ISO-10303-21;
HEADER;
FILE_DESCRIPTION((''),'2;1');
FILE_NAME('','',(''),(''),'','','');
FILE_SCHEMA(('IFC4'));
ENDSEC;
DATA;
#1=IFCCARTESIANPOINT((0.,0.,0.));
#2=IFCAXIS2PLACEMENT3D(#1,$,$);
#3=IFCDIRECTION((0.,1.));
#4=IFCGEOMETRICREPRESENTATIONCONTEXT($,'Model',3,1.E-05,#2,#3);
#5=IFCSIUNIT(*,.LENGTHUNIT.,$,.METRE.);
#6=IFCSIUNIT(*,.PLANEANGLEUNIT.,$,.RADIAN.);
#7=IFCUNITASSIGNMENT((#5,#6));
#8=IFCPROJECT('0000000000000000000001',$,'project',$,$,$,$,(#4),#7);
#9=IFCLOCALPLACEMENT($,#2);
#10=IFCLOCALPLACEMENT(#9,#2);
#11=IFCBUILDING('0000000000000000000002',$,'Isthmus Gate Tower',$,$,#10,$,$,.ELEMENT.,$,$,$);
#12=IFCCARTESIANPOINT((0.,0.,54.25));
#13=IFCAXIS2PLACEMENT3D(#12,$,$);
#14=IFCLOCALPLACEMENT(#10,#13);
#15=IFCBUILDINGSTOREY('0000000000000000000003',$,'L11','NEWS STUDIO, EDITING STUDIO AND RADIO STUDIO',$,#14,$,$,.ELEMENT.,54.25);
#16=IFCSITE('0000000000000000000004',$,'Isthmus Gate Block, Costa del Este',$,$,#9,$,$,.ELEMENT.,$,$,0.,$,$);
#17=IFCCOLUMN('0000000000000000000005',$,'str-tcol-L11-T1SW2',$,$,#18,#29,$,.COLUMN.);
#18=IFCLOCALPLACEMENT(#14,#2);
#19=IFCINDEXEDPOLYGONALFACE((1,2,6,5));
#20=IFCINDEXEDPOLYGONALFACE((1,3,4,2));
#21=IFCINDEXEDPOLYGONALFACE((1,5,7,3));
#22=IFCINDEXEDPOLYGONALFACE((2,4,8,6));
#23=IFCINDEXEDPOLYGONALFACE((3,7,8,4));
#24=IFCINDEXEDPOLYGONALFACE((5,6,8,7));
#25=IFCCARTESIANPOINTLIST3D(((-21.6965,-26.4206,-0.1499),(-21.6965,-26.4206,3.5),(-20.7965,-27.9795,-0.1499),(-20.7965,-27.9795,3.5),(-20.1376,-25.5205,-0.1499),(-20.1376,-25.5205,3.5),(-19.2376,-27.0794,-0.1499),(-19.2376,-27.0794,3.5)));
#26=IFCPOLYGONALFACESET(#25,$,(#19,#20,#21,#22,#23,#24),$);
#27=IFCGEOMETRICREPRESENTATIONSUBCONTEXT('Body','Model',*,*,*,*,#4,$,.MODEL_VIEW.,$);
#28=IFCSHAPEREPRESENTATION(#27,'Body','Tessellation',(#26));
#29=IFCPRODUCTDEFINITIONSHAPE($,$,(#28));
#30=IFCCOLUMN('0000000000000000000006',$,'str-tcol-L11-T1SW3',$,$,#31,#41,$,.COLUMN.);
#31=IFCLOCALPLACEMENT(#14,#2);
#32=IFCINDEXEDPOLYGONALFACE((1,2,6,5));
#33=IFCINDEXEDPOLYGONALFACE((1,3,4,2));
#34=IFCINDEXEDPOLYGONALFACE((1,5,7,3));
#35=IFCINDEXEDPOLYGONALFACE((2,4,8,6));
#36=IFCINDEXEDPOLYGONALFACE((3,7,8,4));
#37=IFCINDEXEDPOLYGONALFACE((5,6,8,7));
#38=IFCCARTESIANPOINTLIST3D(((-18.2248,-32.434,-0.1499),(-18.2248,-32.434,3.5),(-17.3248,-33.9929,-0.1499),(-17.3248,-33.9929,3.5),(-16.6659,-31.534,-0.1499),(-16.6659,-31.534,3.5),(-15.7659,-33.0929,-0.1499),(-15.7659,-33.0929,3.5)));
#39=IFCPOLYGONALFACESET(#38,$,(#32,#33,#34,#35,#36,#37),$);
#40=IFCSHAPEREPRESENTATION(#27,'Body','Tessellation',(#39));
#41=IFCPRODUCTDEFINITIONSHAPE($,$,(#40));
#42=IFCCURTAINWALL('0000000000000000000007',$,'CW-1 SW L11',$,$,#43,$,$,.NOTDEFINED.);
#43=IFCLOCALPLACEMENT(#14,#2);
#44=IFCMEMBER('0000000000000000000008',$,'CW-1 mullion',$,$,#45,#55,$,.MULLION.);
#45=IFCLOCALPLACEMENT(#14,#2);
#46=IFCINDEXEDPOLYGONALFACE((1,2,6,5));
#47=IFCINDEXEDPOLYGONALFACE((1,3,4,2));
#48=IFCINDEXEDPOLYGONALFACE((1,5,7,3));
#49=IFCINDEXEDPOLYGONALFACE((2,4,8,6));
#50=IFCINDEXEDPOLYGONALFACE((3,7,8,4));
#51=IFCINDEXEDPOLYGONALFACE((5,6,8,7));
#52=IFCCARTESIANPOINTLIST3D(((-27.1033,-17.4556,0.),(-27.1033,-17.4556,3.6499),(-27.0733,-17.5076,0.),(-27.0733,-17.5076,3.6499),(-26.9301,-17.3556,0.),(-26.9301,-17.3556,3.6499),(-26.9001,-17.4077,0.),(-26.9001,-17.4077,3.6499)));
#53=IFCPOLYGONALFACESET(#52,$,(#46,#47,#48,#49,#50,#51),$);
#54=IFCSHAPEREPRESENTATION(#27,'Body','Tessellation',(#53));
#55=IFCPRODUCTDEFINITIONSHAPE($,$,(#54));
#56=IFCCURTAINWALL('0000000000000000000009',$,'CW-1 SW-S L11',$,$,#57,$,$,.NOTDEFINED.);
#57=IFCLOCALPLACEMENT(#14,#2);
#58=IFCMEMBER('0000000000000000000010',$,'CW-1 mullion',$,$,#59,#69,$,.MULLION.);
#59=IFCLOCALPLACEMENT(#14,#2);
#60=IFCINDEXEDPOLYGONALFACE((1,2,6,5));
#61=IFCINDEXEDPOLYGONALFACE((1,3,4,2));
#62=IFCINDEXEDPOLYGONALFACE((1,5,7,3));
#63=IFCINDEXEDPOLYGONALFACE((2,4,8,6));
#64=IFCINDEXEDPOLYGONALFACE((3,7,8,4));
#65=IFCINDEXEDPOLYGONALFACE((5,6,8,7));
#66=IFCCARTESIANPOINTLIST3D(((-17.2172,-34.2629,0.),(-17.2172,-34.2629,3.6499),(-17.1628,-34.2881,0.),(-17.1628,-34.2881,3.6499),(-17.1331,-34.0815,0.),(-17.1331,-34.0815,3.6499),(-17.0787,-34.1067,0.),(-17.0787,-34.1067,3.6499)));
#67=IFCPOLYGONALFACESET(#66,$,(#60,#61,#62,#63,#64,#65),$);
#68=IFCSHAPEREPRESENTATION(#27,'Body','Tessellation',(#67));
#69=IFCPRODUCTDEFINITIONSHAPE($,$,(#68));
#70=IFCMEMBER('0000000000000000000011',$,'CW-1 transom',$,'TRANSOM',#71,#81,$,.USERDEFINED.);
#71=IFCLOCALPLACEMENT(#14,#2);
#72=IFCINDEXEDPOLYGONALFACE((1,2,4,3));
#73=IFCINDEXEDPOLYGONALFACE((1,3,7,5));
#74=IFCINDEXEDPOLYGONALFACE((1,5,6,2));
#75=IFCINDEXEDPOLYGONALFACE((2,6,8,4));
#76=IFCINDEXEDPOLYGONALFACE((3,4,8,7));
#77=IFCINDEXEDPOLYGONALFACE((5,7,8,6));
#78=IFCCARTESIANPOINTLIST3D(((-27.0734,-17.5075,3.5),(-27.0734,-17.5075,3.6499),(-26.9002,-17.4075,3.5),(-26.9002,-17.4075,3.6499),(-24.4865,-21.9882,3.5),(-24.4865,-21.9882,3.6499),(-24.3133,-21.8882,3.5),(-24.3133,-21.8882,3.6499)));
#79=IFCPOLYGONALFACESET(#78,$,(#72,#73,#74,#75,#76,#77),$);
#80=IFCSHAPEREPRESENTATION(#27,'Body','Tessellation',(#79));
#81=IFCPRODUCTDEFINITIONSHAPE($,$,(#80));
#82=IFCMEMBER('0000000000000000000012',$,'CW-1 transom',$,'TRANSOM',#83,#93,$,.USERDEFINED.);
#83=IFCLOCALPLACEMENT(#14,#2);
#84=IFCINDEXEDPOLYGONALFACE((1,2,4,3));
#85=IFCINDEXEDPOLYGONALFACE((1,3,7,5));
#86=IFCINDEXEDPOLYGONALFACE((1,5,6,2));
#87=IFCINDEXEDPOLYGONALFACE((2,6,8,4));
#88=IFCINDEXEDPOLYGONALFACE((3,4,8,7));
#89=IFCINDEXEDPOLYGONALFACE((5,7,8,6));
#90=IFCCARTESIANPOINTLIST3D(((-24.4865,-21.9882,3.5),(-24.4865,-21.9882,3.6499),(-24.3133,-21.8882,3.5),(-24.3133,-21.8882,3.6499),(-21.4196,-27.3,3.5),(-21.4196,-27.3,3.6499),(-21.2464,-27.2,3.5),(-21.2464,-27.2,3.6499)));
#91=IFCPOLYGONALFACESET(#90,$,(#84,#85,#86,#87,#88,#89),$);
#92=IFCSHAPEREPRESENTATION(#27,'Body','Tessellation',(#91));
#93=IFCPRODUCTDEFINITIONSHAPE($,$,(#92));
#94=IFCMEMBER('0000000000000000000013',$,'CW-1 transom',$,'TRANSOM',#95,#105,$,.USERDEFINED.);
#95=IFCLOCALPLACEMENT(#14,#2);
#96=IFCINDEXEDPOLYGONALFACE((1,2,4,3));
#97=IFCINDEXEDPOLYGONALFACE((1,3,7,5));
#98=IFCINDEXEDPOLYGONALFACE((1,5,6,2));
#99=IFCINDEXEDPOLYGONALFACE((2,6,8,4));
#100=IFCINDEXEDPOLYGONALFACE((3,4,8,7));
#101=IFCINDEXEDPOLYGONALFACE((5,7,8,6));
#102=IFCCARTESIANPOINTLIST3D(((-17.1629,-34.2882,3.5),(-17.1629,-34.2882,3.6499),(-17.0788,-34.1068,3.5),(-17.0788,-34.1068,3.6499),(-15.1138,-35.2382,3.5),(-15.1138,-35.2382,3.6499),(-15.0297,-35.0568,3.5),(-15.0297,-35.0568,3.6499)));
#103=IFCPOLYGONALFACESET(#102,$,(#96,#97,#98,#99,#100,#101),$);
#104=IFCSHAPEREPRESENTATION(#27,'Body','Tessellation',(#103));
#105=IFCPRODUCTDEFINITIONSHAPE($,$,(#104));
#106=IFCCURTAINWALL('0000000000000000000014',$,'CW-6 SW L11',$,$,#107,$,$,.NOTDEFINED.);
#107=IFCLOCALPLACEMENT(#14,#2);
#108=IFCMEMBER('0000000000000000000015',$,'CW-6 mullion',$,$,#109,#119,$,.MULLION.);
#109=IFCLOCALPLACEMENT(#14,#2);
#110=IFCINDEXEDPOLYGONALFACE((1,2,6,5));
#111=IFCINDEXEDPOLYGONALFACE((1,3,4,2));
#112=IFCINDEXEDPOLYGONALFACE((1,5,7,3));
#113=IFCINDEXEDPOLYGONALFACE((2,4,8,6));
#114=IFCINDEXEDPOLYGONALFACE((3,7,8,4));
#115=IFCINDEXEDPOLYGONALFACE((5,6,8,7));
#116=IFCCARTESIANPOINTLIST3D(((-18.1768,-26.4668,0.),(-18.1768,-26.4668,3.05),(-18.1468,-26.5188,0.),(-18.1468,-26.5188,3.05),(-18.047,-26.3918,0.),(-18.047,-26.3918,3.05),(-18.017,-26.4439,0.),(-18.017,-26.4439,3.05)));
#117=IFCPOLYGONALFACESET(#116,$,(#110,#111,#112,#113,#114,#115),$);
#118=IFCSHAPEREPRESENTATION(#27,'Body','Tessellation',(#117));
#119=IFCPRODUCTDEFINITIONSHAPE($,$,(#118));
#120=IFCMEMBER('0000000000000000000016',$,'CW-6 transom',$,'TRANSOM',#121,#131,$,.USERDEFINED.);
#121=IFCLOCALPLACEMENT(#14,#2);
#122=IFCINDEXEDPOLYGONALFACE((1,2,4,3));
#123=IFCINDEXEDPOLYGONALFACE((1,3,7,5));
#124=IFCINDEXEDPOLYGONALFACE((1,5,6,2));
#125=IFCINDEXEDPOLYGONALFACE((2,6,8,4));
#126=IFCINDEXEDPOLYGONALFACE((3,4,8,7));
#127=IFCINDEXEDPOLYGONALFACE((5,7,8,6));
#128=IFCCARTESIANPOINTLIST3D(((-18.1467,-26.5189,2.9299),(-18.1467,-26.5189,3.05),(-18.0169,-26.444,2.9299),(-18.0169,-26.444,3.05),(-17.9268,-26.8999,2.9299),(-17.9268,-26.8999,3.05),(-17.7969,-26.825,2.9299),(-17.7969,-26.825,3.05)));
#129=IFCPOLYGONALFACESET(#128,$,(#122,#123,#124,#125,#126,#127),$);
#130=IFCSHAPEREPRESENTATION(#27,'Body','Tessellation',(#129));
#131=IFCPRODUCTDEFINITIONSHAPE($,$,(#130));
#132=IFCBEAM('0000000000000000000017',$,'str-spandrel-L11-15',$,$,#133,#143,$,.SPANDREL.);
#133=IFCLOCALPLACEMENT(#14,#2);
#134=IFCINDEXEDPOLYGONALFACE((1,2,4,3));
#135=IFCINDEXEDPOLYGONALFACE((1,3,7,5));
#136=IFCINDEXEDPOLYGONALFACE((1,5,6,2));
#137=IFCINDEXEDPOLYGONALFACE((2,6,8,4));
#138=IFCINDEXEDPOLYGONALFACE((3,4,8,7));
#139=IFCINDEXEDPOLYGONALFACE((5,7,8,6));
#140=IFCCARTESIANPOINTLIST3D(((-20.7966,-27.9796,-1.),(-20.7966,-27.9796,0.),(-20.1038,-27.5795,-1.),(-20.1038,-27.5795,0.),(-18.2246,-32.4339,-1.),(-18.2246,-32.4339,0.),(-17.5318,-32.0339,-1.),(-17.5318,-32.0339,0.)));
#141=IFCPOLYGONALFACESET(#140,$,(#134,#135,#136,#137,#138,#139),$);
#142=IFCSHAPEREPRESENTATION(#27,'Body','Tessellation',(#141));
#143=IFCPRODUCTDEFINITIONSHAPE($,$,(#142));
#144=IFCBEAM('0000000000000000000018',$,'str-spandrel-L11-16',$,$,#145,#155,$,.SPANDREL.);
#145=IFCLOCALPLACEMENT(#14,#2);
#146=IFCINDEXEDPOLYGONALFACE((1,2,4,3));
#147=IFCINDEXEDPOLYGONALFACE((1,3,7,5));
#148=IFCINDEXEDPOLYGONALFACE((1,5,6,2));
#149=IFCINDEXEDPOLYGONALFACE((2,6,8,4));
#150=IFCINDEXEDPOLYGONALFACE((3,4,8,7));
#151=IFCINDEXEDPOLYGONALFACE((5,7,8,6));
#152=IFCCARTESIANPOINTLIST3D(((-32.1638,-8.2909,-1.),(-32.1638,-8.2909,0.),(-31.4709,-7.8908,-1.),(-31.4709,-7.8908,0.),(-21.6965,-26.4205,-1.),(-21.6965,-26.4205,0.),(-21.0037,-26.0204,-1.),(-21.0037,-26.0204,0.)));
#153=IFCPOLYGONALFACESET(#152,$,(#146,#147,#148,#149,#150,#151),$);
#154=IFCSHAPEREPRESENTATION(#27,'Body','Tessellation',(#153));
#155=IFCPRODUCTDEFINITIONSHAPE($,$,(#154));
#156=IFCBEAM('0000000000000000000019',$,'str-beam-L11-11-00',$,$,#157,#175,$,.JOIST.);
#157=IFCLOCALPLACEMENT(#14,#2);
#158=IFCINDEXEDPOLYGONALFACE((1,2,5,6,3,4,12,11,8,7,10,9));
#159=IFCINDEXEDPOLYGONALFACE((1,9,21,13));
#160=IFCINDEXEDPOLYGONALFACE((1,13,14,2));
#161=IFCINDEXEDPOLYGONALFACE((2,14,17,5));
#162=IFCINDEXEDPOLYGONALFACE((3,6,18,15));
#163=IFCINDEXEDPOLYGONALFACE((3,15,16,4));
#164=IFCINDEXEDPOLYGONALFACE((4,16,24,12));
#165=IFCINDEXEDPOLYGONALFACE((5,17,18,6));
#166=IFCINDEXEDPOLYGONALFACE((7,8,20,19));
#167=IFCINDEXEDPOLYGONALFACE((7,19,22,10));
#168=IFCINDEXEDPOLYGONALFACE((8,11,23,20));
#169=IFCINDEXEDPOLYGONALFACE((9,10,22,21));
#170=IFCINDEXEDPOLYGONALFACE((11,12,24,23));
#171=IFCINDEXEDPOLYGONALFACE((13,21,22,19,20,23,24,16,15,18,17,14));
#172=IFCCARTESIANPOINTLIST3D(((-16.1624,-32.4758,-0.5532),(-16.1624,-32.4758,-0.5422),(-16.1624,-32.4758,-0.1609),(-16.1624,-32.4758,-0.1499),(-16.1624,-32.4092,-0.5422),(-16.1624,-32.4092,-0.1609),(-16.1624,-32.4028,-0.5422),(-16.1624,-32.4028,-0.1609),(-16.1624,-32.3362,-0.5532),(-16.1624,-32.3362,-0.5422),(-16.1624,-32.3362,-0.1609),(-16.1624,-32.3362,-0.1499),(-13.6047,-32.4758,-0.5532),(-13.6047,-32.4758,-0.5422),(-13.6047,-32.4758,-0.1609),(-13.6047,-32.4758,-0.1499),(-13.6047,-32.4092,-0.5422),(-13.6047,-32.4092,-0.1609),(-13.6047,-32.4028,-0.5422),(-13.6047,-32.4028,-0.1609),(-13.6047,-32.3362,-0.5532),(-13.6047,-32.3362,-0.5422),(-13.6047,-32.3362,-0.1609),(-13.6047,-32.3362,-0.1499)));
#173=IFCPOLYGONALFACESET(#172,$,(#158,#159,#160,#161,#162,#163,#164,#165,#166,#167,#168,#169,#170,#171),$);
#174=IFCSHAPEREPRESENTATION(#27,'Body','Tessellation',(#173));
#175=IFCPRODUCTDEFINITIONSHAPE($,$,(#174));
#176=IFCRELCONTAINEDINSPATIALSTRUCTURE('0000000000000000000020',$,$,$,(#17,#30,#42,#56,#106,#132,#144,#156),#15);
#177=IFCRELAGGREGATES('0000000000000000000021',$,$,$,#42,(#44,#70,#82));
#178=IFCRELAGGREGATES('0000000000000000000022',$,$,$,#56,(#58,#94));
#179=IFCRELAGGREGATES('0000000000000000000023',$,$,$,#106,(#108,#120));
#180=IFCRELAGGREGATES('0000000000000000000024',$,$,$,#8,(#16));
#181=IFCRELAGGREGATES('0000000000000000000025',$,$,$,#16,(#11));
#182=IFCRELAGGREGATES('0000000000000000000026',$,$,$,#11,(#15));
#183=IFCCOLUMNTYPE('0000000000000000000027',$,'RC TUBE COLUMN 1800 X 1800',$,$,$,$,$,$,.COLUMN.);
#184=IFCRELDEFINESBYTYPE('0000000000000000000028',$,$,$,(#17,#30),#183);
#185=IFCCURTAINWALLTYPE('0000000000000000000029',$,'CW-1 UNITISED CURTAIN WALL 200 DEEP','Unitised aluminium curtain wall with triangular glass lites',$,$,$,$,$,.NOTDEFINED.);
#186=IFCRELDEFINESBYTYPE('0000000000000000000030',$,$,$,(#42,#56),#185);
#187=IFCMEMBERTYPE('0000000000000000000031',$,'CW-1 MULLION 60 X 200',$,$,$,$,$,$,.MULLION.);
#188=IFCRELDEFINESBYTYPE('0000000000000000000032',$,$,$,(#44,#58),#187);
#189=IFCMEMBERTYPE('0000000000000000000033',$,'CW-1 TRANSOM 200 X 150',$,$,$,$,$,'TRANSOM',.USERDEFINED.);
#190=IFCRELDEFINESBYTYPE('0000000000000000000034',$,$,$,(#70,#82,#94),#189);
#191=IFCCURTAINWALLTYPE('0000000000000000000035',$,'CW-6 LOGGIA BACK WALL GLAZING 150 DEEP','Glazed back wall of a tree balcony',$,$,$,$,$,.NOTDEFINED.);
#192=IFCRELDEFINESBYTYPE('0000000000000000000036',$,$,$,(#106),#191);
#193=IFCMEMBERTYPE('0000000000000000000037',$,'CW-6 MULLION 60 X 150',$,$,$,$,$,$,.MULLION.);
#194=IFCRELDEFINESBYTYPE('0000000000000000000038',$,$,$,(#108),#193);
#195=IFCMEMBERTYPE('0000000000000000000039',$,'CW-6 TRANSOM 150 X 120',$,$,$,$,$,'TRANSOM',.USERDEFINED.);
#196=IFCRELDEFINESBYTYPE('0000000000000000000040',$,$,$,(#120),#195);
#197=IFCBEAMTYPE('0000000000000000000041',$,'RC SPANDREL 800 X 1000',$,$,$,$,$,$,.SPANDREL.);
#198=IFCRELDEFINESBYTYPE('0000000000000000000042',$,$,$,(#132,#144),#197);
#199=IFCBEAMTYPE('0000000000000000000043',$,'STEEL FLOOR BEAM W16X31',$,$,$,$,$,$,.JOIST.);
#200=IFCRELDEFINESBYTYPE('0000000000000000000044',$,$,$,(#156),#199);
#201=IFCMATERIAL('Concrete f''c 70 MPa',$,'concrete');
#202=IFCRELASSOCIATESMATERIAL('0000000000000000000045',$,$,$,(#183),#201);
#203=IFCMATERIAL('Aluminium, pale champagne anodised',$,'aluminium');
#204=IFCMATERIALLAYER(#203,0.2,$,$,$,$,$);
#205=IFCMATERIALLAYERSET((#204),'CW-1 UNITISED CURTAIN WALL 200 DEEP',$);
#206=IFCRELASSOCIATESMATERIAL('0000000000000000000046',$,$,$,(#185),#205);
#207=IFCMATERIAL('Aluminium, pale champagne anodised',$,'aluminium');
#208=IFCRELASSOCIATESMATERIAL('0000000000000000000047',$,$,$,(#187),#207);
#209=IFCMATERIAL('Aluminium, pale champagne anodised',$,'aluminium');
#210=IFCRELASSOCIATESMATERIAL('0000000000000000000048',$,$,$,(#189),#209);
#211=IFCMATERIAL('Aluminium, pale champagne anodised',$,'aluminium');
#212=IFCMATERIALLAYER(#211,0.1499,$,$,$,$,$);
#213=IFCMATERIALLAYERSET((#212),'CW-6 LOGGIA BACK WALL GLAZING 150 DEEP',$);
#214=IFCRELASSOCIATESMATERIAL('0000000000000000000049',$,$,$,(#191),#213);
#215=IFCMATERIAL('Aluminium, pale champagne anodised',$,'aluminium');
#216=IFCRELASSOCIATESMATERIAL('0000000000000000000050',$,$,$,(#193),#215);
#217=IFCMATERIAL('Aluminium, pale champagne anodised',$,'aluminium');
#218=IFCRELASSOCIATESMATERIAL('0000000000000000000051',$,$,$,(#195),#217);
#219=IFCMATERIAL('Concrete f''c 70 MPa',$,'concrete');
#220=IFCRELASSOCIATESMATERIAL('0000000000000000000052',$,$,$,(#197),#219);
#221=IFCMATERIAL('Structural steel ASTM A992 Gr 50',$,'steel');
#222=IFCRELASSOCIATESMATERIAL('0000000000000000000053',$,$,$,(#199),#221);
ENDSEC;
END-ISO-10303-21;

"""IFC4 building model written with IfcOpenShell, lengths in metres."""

from ifc_helpers import new_model, si_unit, direction, frame, origin, origin_2d, place, context, subcontext, project, spatial, rectangle, i_section, extrude, material, layer, layer_set, material_profile, profile_set, type_object, element, aggregate, save


model = new_model("IFC4")

# Units and contexts
model_context = context("Model", 3, precision=1e-05, world=origin(), true_north=direction((0.0, 1.0)))
body_context = subcontext(model_context, "Body", "Model", "MODEL_VIEW")
ifc_project = project(units=[si_unit("LENGTHUNIT", "METRE"), si_unit("PLANEANGLEUNIT", "RADIAN")], contexts=[model_context])

# Site, building, storey
site_placement = place(None, origin())
site = spatial("IfcSite", under=ifc_project, at=site_placement, Name="Isthmus Gate Block, Costa del Este", CompositionType="ELEMENT", RefElevation=0.0)
building_placement = place(site_placement, origin())
building = spatial("IfcBuilding", under=site, at=building_placement, Name="Isthmus Gate Tower", CompositionType="ELEMENT")
storey_placement = place(building_placement, frame((0.0, 0.0, 54.25)))
storey = spatial("IfcBuildingStorey", under=building, at=storey_placement, Name="L11", Description="NEWS STUDIO, EDITING STUDIO AND RADIO STUDIO", CompositionType="ELEMENT", Elevation=54.25)

# Columns
ifc_material_1 = material(Name="Concrete f'c 70 MPa", Category="concrete")
ifc_material_profile_1 = material_profile(ifc_material_1, rectangle(XDim=1.8, YDim=1.8, at=origin_2d()), Name="RC 1800X1800")
ifc_profile_set_1 = profile_set([ifc_material_profile_1], Name="Concrete f'c 70 MPa")
column_type = type_object("IfcColumnType", Name="RC TUBE COLUMN 1800 X 1800", PredefinedType="COLUMN", material=ifc_profile_set_1)
for number, where, z_axis, x_axis, name in (
    (1, (-20.467, -26.75, -0.1499), (0.0, 0.0, 1.0), (0.5, -0.866025, 0.0), "str-tcol-L11-T1SW2"),
    (2, (-16.9954, -32.7634, -0.1499), (0.0, 0.0, 1.0), (0.5, -0.866025, 0.0), "str-tcol-L11-T1SW3"),
):
    element("IfcColumn", number, at=place(storey_placement, frame(where, z_axis=z_axis, x_axis=x_axis)), inside=storey, type_object=column_type, Name=name, PredefinedType="COLUMN", context=body_context, shape_type="SweptSolid", body=[
        extrude(rectangle(XDim=1.8, YDim=1.8, at=origin_2d()), origin(), (0.0, 0.0, 1.0), 3.6499),
    ])

# Curtain walls, members
ifc_material_2 = material(Name="Aluminium, pale champagne anodised", Category="aluminium")
ifc_layer_1 = layer(ifc_material_2, 0.2)
ifc_layer_set_1 = layer_set([ifc_layer_1], Name="CW-1 UNITISED CURTAIN WALL 200 DEEP")
curtain_wall_type_1 = type_object("IfcCurtainWallType", Name="CW-1 UNITISED CURTAIN WALL 200 DEEP", Description="Unitised aluminium curtain wall with triangular glass lites", PredefinedType="NOTDEFINED", material=ifc_layer_set_1)
curtain_wall_1_placement = place(storey_placement, origin())
curtain_wall_1 = element("IfcCurtainWall", 3, at=curtain_wall_1_placement, inside=storey, type_object=curtain_wall_type_1, Name="CW-1 SW L11", PredefinedType="NOTDEFINED")
ifc_material_3 = material(Name="Aluminium, pale champagne anodised", Category="aluminium")
ifc_material_profile_2 = material_profile(ifc_material_3, rectangle(XDim=0.0601, YDim=0.2, at=origin_2d()), Name="60x200")
ifc_profile_set_2 = profile_set([ifc_material_profile_2], Name="Aluminium, pale champagne anodised")
member_type_1 = type_object("IfcMemberType", Name="CW-1 MULLION 60 X 200", PredefinedType="MULLION", material=ifc_profile_set_2)
member_1_placement = place(storey_placement, frame((-27.0017, -17.4316, 0.0), z_axis=(0.0, 0.0, 1.0), x_axis=(0.5, -0.866025, 0.0)))
member_1 = element("IfcMember", 4, at=member_1_placement, type_object=member_type_1, Name="CW-1 mullion", PredefinedType="MULLION", context=body_context, shape_type="SweptSolid", body=[
    extrude(rectangle(XDim=0.0601, YDim=0.2, at=origin_2d()), origin(), (0.0, 0.0, 1.0), 3.6499),
])
curtain_wall_2_placement = place(storey_placement, origin())
curtain_wall_2 = element("IfcCurtainWall", 5, at=curtain_wall_2_placement, inside=storey, type_object=curtain_wall_type_1, Name="CW-1 SW-S L11", PredefinedType="NOTDEFINED")
member_2_placement = place(storey_placement, frame((-17.1479, -34.1848, 0.0), z_axis=(0.0, 0.0, 1.0), x_axis=(0.907256, -0.420578, 0.0)))
member_2 = element("IfcMember", 6, at=member_2_placement, type_object=member_type_1, Name="CW-1 mullion", PredefinedType="MULLION", context=body_context, shape_type="SweptSolid", body=[
    extrude(rectangle(XDim=0.0601, YDim=0.2, at=origin_2d()), origin(), (0.0, 0.0, 1.0), 3.6499),
])

# Members
ifc_material_4 = material(Name="Aluminium, pale champagne anodised", Category="aluminium")
ifc_material_profile_3 = material_profile(ifc_material_4, rectangle(XDim=0.2, YDim=0.1499, at=origin_2d()), Name="200x150")
ifc_profile_set_3 = profile_set([ifc_material_profile_3], Name="Aluminium, pale champagne anodised")
member_type_2 = type_object("IfcMemberType", Name="CW-1 TRANSOM 200 X 150", ElementType="TRANSOM", PredefinedType="USERDEFINED", material=ifc_profile_set_3)
member_3_placement = place(storey_placement, frame((-26.9868, -17.4575, 3.575), z_axis=(0.499996, -0.866028, 0.0), x_axis=(0.866028, 0.499996, 0.0)))
member_3 = element("IfcMember", 7, at=member_3_placement, type_object=member_type_2, Name="CW-1 transom", ObjectType="TRANSOM", PredefinedType="USERDEFINED", context=body_context, shape_type="SweptSolid", body=[
    extrude(rectangle(XDim=0.2, YDim=0.1499, at=origin_2d()), origin(), (0.0, 0.0, 1.0), 5.1738),
])
member_4_placement = place(storey_placement, frame((-24.3999, -21.9382, 3.575), z_axis=(0.500018, -0.866015, 0.0), x_axis=(0.866015, 0.500018, 0.0)))
member_4 = element("IfcMember", 8, at=member_4_placement, type_object=member_type_2, Name="CW-1 transom", ObjectType="TRANSOM", PredefinedType="USERDEFINED", context=body_context, shape_type="SweptSolid", body=[
    extrude(rectangle(XDim=0.2, YDim=0.1499, at=origin_2d()), origin(), (0.0, 0.0, 1.0), 6.1335),
])
member_5_placement = place(storey_placement, frame((-17.1208, -34.1975, 3.575), z_axis=(0.907246, -0.4206, 0.0), x_axis=(0.4206, 0.907246, 0.0)))
member_5 = element("IfcMember", 9, at=member_5_placement, type_object=member_type_2, Name="CW-1 transom", ObjectType="TRANSOM", PredefinedType="USERDEFINED", context=body_context, shape_type="SweptSolid", body=[
    extrude(rectangle(XDim=0.2, YDim=0.1499, at=origin_2d()), origin(), (0.0, 0.0, 1.0), 2.2585),
])

# Curtain wall, members
ifc_material_5 = material(Name="Aluminium, pale champagne anodised", Category="aluminium")
ifc_layer_2 = layer(ifc_material_5, 0.1499)
ifc_layer_set_2 = layer_set([ifc_layer_2], Name="CW-6 LOGGIA BACK WALL GLAZING 150 DEEP")
curtain_wall_type_2 = type_object("IfcCurtainWallType", Name="CW-6 LOGGIA BACK WALL GLAZING 150 DEEP", Description="Glazed back wall of a tree balcony", PredefinedType="NOTDEFINED", material=ifc_layer_set_2)
curtain_wall_3_placement = place(storey_placement, origin())
curtain_wall_3 = element("IfcCurtainWall", 10, at=curtain_wall_3_placement, inside=storey, type_object=curtain_wall_type_2, Name="CW-6 SW L11", PredefinedType="NOTDEFINED")
ifc_material_6 = material(Name="Aluminium, pale champagne anodised", Category="aluminium")
ifc_material_profile_4 = material_profile(ifc_material_6, rectangle(XDim=0.0601, YDim=0.1499, at=origin_2d()), Name="60x150")
ifc_profile_set_4 = profile_set([ifc_material_profile_4], Name="Aluminium, pale champagne anodised")
member_type_3 = type_object("IfcMemberType", Name="CW-6 MULLION 60 X 150", PredefinedType="MULLION", material=ifc_profile_set_4)
member_6_placement = place(storey_placement, frame((-18.0969, -26.4553, 0.0), z_axis=(0.0, 0.0, 1.0), x_axis=(0.5, -0.866025, 0.0)))
member_6 = element("IfcMember", 11, at=member_6_placement, type_object=member_type_3, Name="CW-6 mullion", PredefinedType="MULLION", context=body_context, shape_type="SweptSolid", body=[
    extrude(rectangle(XDim=0.0601, YDim=0.1499, at=origin_2d()), origin(), (0.0, 0.0, 1.0), 3.05),
])
ifc_material_7 = material(Name="Aluminium, pale champagne anodised", Category="aluminium")
ifc_material_profile_5 = material_profile(ifc_material_7, rectangle(XDim=0.1499, YDim=0.1201, at=origin_2d()), Name="150x120")
ifc_profile_set_5 = profile_set([ifc_material_profile_5], Name="Aluminium, pale champagne anodised")
member_type_4 = type_object("IfcMemberType", Name="CW-6 TRANSOM 150 X 120", ElementType="TRANSOM", PredefinedType="USERDEFINED", material=ifc_profile_set_5)
member_7_placement = place(storey_placement, frame((-18.0818, -26.4814, 2.99), z_axis=(0.499899, -0.866084, 0.0), x_axis=(0.866084, 0.499899, 0.0)))
member_7 = element("IfcMember", 12, at=member_7_placement, type_object=member_type_4, Name="CW-6 transom", ObjectType="TRANSOM", PredefinedType="USERDEFINED", context=body_context, shape_type="SweptSolid", body=[
    extrude(rectangle(XDim=0.1499, YDim=0.1201, at=origin_2d()), origin(), (0.0, 0.0, 1.0), 0.4399),
])

# Beams
ifc_material_8 = material(Name="Concrete f'c 70 MPa", Category="concrete")
ifc_material_profile_6 = material_profile(ifc_material_8, rectangle(XDim=0.8, YDim=1.0, at=origin_2d()), Name="RC 800X1000")
ifc_profile_set_6 = profile_set([ifc_material_profile_6], Name="Concrete f'c 70 MPa")
beam_type_1 = type_object("IfcBeamType", Name="RC SPANDREL 800 X 1000", PredefinedType="SPANDREL", material=ifc_profile_set_6)
beam_1_placement = place(storey_placement, frame((-17.8782, -32.2339, -0.5), z_axis=(-0.500044, 0.866, 0.0), x_axis=(-0.866, -0.500044, 0.0)))
element("IfcBeam", 13, at=beam_1_placement, inside=storey, type_object=beam_type_1, Name="str-spandrel-L11-15", PredefinedType="SPANDREL", context=body_context, shape_type="SweptSolid", body=[
    extrude(rectangle(XDim=0.8, YDim=1.0, at=origin_2d()), origin(), (0.0, 0.0, 1.0), 5.1436),
])
beam_2_placement = place(storey_placement, frame((-21.3501, -26.2205, -0.5), z_axis=(-0.500005, 0.866023, 0.0), x_axis=(-0.866023, -0.500005, 0.0)))
element("IfcBeam", 14, at=beam_2_placement, inside=storey, type_object=beam_type_1, Name="str-spandrel-L11-16", PredefinedType="SPANDREL", context=body_context, shape_type="SweptSolid", body=[
    extrude(rectangle(XDim=0.8, YDim=1.0, at=origin_2d()), origin(), (0.0, 0.0, 1.0), 20.9343),
])
ifc_material_9 = material(Name="Structural steel ASTM A992 Gr 50", Category="steel")
ifc_material_profile_7 = material_profile(ifc_material_9, i_section(OverallWidth=0.1396, OverallDepth=0.4033, WebThickness=0.0063, FlangeThickness=0.011, at=origin_2d()), Name="W16X31")
ifc_profile_set_7 = profile_set([ifc_material_profile_7], Name="Structural steel ASTM A992 Gr 50")
beam_type_2 = type_object("IfcBeamType", Name="STEEL FLOOR BEAM W16X31", PredefinedType="JOIST", material=ifc_profile_set_7)
beam_3_placement = place(storey_placement, frame((-16.1624, -32.406, -0.3516), z_axis=(1.0, 0.0, 0.0), x_axis=(0.0, 1.0, 0.0)))
element("IfcBeam", 15, at=beam_3_placement, inside=storey, type_object=beam_type_2, Name="str-beam-L11-11-00", PredefinedType="JOIST", context=body_context, shape_type="SweptSolid", body=[
    extrude(i_section(OverallWidth=0.1396, OverallDepth=0.4033, WebThickness=0.0063, FlangeThickness=0.011, at=origin_2d()), origin(), (0.0, 0.0, 1.0), 2.5576),
])

aggregate(curtain_wall_1, [member_1, member_3, member_4])
aggregate(curtain_wall_2, [member_2, member_5])
aggregate(curtain_wall_3, [member_6, member_7])

save(model, "model.ifc")
